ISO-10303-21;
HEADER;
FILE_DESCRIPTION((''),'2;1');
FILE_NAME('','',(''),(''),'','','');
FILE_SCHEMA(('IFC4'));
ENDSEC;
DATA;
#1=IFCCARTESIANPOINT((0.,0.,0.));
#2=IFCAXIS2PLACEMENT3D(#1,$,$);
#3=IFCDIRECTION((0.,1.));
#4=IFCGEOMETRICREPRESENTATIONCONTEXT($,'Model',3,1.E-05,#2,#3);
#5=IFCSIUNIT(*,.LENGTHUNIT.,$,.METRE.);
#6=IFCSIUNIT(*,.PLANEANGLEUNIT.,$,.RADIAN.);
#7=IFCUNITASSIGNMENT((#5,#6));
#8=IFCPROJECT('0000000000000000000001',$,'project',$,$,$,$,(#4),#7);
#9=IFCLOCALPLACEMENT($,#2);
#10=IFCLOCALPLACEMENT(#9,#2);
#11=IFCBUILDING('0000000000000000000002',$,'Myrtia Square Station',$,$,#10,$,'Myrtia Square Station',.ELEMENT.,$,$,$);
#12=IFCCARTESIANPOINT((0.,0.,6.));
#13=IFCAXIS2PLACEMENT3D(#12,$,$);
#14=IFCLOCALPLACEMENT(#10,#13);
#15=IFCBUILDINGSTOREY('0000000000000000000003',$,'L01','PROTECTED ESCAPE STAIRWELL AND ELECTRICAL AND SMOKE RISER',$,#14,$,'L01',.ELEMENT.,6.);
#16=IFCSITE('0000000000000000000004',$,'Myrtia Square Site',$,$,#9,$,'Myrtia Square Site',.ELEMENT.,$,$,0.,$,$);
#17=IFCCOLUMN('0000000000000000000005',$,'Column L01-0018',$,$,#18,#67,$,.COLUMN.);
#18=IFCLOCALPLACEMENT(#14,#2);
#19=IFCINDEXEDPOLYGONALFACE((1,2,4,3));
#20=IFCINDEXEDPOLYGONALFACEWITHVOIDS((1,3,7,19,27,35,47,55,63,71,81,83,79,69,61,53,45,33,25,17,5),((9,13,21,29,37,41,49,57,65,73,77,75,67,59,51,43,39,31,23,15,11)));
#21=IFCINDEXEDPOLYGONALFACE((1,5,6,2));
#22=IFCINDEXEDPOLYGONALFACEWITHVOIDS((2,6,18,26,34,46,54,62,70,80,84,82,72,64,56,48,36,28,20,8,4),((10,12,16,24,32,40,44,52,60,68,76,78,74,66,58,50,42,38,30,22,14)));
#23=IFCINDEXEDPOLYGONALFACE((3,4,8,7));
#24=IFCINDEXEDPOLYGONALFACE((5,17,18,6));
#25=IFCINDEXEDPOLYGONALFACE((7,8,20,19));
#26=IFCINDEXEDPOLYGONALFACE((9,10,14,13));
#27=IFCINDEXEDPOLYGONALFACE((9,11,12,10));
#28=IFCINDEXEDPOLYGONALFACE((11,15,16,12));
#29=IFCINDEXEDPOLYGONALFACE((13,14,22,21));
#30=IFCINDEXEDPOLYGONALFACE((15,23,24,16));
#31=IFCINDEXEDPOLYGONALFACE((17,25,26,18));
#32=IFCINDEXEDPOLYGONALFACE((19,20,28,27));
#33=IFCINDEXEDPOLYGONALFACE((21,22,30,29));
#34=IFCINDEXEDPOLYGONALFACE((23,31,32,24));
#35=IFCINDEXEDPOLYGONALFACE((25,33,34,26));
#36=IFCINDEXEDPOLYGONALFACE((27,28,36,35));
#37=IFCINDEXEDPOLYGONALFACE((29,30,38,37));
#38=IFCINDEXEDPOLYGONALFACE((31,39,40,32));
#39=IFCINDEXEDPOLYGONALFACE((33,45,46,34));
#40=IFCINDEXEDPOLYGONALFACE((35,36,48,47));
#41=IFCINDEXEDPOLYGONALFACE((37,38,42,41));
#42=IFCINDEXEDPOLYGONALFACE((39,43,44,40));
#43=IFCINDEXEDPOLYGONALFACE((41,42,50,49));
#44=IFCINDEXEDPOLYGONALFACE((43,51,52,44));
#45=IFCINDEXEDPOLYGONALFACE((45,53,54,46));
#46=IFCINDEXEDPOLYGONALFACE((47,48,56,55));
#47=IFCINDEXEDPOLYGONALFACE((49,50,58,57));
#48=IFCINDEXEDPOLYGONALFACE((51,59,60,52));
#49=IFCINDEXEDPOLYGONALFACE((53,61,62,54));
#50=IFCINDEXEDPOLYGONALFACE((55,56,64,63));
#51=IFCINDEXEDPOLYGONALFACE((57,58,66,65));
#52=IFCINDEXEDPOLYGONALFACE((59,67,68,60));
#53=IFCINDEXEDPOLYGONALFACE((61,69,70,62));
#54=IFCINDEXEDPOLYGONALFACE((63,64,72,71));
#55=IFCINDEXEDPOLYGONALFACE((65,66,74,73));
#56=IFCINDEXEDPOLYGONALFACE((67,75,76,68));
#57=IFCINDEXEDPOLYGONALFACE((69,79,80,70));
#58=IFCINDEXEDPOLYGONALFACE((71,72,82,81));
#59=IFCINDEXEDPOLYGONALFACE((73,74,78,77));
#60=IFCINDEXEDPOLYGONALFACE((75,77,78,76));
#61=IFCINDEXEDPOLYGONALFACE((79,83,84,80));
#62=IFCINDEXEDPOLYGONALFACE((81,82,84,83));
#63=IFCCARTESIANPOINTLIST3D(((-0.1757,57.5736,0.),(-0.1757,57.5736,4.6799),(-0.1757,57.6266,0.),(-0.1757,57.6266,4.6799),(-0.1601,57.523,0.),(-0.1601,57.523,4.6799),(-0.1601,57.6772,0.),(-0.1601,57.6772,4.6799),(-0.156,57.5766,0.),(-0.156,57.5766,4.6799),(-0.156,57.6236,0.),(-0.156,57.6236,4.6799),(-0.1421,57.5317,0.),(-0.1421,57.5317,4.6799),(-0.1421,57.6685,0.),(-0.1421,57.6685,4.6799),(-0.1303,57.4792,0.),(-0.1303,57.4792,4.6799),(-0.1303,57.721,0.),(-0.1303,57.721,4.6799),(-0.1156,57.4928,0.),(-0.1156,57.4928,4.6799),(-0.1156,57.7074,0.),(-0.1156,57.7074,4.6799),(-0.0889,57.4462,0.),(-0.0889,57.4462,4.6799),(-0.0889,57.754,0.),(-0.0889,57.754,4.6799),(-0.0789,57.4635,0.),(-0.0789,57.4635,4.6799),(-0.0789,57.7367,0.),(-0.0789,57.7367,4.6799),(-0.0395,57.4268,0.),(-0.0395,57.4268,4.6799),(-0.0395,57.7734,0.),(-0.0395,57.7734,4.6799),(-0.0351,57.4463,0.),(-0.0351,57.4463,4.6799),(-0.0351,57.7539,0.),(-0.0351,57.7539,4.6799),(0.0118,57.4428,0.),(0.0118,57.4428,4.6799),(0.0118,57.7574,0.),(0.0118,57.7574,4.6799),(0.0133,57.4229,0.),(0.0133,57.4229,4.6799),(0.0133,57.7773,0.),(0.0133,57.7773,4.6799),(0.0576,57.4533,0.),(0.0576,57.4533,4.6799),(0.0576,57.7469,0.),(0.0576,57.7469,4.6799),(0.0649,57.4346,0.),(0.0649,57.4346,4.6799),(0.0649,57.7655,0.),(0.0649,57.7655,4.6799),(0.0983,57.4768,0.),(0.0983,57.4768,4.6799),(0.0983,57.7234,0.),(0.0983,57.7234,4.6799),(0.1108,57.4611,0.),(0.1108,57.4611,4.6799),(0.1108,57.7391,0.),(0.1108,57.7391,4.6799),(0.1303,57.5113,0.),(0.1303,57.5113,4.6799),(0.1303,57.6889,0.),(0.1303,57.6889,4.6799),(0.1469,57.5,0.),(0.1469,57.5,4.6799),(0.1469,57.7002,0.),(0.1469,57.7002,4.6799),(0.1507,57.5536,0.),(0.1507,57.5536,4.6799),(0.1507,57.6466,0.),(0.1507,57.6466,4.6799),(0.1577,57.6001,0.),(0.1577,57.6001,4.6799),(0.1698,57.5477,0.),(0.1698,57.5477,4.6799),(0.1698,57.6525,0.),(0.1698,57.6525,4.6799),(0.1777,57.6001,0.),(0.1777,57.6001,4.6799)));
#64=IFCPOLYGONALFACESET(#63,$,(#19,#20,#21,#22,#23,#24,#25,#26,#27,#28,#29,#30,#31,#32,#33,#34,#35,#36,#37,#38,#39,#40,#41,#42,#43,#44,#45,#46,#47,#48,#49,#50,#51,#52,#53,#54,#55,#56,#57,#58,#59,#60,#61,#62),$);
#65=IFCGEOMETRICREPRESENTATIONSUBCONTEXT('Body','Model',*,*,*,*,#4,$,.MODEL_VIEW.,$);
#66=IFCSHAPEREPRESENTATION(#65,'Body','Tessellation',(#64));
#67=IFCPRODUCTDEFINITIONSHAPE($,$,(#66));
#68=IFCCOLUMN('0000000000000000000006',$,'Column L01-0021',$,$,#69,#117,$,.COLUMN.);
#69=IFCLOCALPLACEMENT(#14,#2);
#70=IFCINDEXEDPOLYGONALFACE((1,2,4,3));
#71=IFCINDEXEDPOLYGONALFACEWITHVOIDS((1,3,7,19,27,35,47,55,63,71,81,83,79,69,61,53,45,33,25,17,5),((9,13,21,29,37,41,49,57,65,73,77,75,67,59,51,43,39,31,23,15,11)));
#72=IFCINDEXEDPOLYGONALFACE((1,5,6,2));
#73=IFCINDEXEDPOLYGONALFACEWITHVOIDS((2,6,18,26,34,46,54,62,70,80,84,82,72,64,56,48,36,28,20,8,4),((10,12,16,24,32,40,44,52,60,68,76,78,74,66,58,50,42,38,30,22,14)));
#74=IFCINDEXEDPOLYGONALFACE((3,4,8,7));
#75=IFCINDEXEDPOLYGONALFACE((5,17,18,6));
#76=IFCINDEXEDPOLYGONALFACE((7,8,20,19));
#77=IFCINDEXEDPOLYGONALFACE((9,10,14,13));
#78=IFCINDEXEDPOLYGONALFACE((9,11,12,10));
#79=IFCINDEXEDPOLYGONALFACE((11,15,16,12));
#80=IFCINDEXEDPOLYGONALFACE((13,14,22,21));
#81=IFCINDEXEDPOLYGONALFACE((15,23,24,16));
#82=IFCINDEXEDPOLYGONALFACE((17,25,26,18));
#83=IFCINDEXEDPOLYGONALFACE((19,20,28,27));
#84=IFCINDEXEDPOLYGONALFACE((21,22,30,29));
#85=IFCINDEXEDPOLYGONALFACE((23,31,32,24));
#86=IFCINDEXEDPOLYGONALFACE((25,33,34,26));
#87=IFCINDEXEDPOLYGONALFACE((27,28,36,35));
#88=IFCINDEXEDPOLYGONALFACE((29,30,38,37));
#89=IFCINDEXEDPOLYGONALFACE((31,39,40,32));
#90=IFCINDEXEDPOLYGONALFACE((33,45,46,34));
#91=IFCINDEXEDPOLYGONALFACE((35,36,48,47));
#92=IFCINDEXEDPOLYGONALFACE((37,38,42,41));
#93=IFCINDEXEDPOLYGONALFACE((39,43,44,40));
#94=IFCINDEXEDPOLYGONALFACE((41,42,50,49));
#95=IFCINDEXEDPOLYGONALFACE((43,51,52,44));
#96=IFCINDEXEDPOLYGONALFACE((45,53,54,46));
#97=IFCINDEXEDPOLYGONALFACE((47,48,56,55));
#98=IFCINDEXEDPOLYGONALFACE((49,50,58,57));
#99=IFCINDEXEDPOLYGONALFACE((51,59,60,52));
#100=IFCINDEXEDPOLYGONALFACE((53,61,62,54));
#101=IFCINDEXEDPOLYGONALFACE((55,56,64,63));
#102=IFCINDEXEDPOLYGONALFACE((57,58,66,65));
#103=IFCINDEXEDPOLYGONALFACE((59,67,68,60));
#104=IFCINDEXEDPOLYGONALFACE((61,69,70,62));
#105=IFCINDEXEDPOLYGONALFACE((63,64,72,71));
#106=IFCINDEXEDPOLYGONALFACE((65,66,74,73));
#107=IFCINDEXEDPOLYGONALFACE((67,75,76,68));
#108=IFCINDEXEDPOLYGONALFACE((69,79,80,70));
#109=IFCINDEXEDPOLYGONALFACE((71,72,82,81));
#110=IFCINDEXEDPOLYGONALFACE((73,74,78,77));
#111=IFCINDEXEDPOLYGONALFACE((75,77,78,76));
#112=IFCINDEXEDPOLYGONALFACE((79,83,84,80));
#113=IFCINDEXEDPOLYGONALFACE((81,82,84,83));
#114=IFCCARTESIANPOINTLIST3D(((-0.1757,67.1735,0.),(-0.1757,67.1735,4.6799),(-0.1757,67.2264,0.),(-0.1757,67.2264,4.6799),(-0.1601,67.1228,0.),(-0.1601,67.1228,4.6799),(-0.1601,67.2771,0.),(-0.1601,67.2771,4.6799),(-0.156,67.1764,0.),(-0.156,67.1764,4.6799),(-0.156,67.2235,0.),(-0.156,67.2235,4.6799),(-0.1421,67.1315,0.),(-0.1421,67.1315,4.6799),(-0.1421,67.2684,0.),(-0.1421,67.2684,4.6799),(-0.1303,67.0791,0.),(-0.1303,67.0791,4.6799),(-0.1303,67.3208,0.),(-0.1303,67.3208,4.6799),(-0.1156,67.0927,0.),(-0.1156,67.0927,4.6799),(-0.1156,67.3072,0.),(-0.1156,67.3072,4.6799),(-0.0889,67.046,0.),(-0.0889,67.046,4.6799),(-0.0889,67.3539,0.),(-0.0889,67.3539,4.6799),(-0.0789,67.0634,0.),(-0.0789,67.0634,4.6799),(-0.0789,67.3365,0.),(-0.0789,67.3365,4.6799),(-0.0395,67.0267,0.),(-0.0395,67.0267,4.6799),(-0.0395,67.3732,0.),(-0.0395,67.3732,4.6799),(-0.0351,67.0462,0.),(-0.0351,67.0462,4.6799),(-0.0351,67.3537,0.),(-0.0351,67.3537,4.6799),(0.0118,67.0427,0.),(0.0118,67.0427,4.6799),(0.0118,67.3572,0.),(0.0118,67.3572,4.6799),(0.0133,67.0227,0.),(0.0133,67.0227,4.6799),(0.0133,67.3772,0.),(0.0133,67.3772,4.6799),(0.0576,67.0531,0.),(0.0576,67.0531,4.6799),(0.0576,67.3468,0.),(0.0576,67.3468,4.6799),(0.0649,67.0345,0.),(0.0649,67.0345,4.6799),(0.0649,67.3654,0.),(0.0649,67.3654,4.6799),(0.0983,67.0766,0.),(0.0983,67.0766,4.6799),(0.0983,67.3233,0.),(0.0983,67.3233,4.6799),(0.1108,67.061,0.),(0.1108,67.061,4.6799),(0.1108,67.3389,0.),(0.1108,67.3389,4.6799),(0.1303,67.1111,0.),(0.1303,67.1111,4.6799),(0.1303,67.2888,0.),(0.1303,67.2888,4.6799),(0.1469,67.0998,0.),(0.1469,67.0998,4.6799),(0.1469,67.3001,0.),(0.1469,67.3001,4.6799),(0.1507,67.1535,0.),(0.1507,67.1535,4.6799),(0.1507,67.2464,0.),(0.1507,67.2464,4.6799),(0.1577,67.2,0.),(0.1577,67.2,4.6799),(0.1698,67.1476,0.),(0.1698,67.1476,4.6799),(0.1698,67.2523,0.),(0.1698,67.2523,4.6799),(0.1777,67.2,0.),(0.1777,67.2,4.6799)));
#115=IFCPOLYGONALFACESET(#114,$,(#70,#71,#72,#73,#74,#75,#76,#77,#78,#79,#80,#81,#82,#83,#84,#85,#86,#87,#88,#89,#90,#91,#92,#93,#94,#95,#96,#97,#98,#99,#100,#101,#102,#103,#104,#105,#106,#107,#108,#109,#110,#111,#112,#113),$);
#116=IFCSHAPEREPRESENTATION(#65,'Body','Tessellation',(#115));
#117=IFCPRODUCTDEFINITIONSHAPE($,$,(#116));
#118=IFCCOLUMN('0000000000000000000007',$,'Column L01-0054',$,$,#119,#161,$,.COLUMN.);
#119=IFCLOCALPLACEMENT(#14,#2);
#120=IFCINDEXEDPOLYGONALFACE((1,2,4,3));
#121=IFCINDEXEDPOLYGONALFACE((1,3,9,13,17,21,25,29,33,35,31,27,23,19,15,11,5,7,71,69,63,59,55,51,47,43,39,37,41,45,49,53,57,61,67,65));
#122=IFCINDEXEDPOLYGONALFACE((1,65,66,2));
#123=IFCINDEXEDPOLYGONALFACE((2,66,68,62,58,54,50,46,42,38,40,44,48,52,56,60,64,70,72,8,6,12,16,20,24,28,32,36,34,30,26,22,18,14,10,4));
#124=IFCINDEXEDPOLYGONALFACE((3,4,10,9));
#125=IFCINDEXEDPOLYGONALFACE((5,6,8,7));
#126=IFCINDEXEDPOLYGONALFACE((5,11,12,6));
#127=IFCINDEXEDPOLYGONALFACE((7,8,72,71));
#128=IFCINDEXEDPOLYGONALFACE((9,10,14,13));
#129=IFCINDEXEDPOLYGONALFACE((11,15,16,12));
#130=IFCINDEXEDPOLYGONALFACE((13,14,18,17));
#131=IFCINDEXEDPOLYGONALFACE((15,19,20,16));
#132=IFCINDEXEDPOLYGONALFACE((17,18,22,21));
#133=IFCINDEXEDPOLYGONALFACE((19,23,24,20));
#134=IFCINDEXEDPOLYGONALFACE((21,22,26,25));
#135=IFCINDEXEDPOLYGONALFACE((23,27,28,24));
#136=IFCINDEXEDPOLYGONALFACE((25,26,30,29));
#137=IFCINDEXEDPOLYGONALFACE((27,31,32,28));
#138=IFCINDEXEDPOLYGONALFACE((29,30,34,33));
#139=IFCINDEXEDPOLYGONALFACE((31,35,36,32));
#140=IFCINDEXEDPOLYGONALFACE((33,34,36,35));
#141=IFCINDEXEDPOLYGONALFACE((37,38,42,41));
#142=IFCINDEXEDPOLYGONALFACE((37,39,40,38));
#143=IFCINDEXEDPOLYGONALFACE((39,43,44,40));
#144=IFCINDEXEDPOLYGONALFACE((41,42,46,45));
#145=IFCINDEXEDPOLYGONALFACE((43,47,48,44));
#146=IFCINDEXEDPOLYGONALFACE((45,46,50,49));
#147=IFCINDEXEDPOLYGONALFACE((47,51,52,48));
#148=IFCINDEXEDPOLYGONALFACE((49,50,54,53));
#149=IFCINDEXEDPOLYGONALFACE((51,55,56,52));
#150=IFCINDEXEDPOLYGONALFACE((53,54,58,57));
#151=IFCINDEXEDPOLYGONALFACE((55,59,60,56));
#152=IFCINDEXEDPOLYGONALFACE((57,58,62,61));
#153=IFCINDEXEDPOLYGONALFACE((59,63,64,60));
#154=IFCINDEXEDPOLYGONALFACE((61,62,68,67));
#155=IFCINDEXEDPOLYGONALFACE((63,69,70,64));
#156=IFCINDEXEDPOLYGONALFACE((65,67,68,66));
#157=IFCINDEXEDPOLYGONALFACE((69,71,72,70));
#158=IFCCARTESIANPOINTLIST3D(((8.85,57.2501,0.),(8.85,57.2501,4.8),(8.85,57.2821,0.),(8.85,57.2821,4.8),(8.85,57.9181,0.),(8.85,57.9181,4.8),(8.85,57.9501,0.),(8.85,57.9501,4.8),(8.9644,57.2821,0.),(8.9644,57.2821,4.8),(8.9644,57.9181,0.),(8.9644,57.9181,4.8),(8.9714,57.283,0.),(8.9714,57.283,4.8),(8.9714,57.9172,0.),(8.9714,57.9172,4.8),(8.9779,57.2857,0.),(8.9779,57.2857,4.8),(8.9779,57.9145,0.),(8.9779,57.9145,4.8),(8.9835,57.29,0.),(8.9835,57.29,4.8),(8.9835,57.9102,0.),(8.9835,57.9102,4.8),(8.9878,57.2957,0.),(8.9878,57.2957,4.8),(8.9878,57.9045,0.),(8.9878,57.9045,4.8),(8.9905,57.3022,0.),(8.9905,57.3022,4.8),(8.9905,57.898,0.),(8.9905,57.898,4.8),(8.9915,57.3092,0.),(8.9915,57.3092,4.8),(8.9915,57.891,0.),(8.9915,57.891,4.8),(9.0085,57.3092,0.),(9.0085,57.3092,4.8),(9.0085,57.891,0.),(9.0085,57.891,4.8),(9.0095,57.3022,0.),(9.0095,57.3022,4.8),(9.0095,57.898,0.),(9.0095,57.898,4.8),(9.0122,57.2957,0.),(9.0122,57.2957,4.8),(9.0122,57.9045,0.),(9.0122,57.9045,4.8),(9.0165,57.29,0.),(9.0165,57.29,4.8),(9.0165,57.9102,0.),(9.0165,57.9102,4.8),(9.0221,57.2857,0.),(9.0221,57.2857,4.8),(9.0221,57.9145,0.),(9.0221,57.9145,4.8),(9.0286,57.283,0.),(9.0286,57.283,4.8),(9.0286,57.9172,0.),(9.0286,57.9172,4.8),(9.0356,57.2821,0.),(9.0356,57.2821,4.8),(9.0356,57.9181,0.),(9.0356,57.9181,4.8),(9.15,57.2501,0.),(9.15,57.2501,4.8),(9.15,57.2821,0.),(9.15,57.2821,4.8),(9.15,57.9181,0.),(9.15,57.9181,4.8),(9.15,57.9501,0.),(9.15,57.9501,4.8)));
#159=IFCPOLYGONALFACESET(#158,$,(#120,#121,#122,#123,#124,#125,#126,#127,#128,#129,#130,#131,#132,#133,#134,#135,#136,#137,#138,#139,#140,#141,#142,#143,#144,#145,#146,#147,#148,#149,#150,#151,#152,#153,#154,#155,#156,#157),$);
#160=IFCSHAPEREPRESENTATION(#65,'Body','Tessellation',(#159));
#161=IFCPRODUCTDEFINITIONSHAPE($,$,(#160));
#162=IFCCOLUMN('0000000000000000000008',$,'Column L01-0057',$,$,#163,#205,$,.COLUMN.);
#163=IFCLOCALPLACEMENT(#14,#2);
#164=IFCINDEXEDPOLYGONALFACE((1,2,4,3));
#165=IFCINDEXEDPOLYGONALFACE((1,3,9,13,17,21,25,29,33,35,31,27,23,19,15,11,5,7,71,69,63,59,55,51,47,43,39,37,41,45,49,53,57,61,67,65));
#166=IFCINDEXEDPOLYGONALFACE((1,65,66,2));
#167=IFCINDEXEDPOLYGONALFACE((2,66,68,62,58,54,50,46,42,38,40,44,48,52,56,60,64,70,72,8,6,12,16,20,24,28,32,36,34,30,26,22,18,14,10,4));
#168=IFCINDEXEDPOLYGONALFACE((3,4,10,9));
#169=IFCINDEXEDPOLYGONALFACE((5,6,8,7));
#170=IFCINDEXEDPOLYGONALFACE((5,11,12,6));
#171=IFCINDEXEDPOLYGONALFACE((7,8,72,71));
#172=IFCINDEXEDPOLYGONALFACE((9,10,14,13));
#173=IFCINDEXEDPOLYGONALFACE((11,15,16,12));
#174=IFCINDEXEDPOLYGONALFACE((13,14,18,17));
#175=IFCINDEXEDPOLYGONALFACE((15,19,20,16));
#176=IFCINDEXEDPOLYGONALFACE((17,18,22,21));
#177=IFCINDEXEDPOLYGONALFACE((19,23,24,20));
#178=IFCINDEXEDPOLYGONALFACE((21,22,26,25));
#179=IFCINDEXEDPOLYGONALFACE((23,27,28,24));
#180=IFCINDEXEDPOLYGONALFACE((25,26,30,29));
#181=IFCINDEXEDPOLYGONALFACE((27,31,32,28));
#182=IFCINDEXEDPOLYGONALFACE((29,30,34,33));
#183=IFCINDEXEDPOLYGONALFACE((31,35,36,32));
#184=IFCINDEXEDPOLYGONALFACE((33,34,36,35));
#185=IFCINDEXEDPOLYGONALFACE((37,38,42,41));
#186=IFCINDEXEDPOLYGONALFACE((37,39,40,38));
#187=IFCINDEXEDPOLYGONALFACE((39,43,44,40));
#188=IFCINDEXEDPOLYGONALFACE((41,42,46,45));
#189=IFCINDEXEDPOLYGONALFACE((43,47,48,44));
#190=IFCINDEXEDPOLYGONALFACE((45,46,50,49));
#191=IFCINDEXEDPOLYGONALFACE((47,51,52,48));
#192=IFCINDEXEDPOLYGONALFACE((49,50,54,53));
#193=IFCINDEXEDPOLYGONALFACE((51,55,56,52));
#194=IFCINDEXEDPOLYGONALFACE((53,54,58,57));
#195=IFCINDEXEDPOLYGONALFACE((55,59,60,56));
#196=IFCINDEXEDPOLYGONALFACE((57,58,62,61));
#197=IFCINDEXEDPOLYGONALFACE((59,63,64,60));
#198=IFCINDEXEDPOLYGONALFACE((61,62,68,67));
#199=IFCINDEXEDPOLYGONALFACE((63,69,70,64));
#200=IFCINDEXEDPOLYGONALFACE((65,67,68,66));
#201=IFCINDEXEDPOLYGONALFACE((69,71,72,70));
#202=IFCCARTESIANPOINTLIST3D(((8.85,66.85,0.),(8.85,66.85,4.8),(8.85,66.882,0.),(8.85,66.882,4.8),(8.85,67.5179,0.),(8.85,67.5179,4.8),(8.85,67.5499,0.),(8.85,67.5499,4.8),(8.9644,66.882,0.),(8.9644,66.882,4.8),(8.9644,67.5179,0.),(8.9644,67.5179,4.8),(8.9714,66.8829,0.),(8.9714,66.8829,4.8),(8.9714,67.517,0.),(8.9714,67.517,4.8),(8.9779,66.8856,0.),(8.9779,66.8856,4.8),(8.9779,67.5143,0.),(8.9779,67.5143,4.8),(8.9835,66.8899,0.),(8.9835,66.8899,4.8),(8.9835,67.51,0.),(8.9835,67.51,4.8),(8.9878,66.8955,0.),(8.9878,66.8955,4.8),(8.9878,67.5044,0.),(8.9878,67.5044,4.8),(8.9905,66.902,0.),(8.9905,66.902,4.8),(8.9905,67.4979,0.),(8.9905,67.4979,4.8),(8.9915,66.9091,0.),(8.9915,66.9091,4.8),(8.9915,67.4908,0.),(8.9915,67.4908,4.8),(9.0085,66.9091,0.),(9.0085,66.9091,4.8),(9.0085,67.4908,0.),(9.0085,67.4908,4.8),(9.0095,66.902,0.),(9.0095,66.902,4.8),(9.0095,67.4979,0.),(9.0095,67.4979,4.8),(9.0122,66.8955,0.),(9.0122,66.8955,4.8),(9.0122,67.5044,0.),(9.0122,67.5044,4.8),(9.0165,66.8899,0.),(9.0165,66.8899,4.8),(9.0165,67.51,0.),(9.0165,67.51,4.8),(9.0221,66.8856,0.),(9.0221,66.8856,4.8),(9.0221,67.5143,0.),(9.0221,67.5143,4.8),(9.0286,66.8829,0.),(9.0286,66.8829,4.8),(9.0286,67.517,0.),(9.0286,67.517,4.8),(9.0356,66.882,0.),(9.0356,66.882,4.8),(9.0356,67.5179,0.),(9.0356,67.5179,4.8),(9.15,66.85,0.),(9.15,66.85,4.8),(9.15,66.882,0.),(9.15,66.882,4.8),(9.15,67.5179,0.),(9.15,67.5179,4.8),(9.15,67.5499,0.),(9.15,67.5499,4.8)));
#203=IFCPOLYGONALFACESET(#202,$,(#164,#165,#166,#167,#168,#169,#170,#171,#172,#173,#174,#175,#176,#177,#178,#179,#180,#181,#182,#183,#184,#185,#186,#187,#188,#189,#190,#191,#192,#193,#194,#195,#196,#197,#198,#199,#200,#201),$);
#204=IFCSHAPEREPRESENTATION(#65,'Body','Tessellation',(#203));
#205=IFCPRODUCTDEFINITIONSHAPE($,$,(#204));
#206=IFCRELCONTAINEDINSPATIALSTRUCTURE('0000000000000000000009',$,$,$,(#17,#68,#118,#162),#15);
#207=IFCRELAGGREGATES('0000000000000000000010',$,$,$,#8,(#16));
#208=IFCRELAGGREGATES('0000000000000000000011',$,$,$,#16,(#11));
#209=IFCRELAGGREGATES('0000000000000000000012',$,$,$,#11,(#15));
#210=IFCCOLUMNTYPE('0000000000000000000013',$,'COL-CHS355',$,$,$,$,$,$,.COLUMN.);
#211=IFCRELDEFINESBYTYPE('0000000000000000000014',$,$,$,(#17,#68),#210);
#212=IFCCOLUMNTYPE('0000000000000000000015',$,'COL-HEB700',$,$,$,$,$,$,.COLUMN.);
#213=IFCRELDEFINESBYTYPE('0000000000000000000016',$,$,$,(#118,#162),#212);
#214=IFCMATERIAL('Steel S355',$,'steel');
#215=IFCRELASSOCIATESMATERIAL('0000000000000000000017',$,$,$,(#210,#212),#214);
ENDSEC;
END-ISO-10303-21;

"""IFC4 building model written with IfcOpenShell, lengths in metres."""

from ifc_helpers import new_model, si_unit, direction, frame, origin, origin_2d, place, context, subcontext, project, spatial, hollow_circle, i_section, extrude, material, material_profile, profile_set, type_object, element, save


model = new_model("IFC4")

# Units and contexts
model_context = context("Model", 3, precision=1e-05, world=origin(), true_north=direction((0.0, 1.0)))
body_context = subcontext(model_context, "Body", "Model", "MODEL_VIEW")
ifc_project = project(units=[si_unit("LENGTHUNIT", "METRE"), si_unit("PLANEANGLEUNIT", "RADIAN")], contexts=[model_context])

# Site, building, storey
site_placement = place(None, origin())
site = spatial("IfcSite", under=ifc_project, at=site_placement, Name="Myrtia Square Site", LongName="Myrtia Square Site", CompositionType="ELEMENT", RefElevation=0.0)
building_placement = place(site_placement, origin())
building = spatial("IfcBuilding", under=site, at=building_placement, Name="Myrtia Square Station", LongName="Myrtia Square Station", CompositionType="ELEMENT")
storey_placement = place(building_placement, frame((0.0, 0.0, 6.0)))
storey = spatial("IfcBuildingStorey", under=building, at=storey_placement, Name="L01", Description="PROTECTED ESCAPE STAIRWELL AND ELECTRICAL AND SMOKE RISER", LongName="L01", CompositionType="ELEMENT", Elevation=6.0)

# Columns
ifc_material_1 = material(Name="Steel S355", Category="steel")
ifc_material_profile_1 = material_profile(ifc_material_1, hollow_circle(Radius=0.1777, WallThickness=0.02, at=origin_2d()), Name="CHS 355.6x20")
ifc_profile_set_1 = profile_set([ifc_material_profile_1], Name="Steel S355")
column_type_1 = type_object("IfcColumnType", Name="COL-CHS355", PredefinedType="COLUMN", material=ifc_profile_set_1)
for number, where, z_axis, x_axis, name in (
    (1, (0.0, 57.6001, 0.0), (0.0, 0.0, 1.0), (1.0, 0.0, 0.0), "Column L01-0018"),
    (2, (0.0, 67.2, 0.0), (0.0, 0.0, 1.0), (1.0, 0.0, 0.0), "Column L01-0021"),
):
    element("IfcColumn", number, at=place(storey_placement, frame(where, z_axis=z_axis, x_axis=x_axis)), inside=storey, type_object=column_type_1, Name=name, PredefinedType="COLUMN", context=body_context, shape_type="SweptSolid", body=[
        extrude(hollow_circle(Radius=0.1777, WallThickness=0.02, at=origin_2d()), origin(), (0.0, 0.0, 1.0), 4.6799),
    ])
ifc_material_profile_2 = material_profile(ifc_material_1, i_section(OverallWidth=0.3, OverallDepth=0.7, WebThickness=0.0171, FlangeThickness=0.032, FilletRadius=0.0271, at=origin_2d()), Name="HEB 700")
ifc_profile_set_2 = profile_set([ifc_material_profile_2], Name="Steel S355")
column_type_2 = type_object("IfcColumnType", Name="COL-HEB700", PredefinedType="COLUMN", material=ifc_profile_set_2)
for number, where, z_axis, x_axis, name in (
    (3, (9.0, 57.6001, 0.0), (0.0, 0.0, 1.0), (1.0, 0.0, 0.0), "Column L01-0054"),
    (4, (9.0, 67.2, 0.0), (0.0, 0.0, 1.0), (1.0, 0.0, 0.0), "Column L01-0057"),
):
    element("IfcColumn", number, at=place(storey_placement, frame(where, z_axis=z_axis, x_axis=x_axis)), inside=storey, type_object=column_type_2, Name=name, PredefinedType="COLUMN", context=body_context, shape_type="SweptSolid", body=[
        extrude(i_section(OverallWidth=0.3, OverallDepth=0.7, WebThickness=0.0171, FlangeThickness=0.032, FilletRadius=0.0271, at=origin_2d()), origin(), (0.0, 0.0, 1.0), 4.8),
    ])

save(model, "model.ifc")
